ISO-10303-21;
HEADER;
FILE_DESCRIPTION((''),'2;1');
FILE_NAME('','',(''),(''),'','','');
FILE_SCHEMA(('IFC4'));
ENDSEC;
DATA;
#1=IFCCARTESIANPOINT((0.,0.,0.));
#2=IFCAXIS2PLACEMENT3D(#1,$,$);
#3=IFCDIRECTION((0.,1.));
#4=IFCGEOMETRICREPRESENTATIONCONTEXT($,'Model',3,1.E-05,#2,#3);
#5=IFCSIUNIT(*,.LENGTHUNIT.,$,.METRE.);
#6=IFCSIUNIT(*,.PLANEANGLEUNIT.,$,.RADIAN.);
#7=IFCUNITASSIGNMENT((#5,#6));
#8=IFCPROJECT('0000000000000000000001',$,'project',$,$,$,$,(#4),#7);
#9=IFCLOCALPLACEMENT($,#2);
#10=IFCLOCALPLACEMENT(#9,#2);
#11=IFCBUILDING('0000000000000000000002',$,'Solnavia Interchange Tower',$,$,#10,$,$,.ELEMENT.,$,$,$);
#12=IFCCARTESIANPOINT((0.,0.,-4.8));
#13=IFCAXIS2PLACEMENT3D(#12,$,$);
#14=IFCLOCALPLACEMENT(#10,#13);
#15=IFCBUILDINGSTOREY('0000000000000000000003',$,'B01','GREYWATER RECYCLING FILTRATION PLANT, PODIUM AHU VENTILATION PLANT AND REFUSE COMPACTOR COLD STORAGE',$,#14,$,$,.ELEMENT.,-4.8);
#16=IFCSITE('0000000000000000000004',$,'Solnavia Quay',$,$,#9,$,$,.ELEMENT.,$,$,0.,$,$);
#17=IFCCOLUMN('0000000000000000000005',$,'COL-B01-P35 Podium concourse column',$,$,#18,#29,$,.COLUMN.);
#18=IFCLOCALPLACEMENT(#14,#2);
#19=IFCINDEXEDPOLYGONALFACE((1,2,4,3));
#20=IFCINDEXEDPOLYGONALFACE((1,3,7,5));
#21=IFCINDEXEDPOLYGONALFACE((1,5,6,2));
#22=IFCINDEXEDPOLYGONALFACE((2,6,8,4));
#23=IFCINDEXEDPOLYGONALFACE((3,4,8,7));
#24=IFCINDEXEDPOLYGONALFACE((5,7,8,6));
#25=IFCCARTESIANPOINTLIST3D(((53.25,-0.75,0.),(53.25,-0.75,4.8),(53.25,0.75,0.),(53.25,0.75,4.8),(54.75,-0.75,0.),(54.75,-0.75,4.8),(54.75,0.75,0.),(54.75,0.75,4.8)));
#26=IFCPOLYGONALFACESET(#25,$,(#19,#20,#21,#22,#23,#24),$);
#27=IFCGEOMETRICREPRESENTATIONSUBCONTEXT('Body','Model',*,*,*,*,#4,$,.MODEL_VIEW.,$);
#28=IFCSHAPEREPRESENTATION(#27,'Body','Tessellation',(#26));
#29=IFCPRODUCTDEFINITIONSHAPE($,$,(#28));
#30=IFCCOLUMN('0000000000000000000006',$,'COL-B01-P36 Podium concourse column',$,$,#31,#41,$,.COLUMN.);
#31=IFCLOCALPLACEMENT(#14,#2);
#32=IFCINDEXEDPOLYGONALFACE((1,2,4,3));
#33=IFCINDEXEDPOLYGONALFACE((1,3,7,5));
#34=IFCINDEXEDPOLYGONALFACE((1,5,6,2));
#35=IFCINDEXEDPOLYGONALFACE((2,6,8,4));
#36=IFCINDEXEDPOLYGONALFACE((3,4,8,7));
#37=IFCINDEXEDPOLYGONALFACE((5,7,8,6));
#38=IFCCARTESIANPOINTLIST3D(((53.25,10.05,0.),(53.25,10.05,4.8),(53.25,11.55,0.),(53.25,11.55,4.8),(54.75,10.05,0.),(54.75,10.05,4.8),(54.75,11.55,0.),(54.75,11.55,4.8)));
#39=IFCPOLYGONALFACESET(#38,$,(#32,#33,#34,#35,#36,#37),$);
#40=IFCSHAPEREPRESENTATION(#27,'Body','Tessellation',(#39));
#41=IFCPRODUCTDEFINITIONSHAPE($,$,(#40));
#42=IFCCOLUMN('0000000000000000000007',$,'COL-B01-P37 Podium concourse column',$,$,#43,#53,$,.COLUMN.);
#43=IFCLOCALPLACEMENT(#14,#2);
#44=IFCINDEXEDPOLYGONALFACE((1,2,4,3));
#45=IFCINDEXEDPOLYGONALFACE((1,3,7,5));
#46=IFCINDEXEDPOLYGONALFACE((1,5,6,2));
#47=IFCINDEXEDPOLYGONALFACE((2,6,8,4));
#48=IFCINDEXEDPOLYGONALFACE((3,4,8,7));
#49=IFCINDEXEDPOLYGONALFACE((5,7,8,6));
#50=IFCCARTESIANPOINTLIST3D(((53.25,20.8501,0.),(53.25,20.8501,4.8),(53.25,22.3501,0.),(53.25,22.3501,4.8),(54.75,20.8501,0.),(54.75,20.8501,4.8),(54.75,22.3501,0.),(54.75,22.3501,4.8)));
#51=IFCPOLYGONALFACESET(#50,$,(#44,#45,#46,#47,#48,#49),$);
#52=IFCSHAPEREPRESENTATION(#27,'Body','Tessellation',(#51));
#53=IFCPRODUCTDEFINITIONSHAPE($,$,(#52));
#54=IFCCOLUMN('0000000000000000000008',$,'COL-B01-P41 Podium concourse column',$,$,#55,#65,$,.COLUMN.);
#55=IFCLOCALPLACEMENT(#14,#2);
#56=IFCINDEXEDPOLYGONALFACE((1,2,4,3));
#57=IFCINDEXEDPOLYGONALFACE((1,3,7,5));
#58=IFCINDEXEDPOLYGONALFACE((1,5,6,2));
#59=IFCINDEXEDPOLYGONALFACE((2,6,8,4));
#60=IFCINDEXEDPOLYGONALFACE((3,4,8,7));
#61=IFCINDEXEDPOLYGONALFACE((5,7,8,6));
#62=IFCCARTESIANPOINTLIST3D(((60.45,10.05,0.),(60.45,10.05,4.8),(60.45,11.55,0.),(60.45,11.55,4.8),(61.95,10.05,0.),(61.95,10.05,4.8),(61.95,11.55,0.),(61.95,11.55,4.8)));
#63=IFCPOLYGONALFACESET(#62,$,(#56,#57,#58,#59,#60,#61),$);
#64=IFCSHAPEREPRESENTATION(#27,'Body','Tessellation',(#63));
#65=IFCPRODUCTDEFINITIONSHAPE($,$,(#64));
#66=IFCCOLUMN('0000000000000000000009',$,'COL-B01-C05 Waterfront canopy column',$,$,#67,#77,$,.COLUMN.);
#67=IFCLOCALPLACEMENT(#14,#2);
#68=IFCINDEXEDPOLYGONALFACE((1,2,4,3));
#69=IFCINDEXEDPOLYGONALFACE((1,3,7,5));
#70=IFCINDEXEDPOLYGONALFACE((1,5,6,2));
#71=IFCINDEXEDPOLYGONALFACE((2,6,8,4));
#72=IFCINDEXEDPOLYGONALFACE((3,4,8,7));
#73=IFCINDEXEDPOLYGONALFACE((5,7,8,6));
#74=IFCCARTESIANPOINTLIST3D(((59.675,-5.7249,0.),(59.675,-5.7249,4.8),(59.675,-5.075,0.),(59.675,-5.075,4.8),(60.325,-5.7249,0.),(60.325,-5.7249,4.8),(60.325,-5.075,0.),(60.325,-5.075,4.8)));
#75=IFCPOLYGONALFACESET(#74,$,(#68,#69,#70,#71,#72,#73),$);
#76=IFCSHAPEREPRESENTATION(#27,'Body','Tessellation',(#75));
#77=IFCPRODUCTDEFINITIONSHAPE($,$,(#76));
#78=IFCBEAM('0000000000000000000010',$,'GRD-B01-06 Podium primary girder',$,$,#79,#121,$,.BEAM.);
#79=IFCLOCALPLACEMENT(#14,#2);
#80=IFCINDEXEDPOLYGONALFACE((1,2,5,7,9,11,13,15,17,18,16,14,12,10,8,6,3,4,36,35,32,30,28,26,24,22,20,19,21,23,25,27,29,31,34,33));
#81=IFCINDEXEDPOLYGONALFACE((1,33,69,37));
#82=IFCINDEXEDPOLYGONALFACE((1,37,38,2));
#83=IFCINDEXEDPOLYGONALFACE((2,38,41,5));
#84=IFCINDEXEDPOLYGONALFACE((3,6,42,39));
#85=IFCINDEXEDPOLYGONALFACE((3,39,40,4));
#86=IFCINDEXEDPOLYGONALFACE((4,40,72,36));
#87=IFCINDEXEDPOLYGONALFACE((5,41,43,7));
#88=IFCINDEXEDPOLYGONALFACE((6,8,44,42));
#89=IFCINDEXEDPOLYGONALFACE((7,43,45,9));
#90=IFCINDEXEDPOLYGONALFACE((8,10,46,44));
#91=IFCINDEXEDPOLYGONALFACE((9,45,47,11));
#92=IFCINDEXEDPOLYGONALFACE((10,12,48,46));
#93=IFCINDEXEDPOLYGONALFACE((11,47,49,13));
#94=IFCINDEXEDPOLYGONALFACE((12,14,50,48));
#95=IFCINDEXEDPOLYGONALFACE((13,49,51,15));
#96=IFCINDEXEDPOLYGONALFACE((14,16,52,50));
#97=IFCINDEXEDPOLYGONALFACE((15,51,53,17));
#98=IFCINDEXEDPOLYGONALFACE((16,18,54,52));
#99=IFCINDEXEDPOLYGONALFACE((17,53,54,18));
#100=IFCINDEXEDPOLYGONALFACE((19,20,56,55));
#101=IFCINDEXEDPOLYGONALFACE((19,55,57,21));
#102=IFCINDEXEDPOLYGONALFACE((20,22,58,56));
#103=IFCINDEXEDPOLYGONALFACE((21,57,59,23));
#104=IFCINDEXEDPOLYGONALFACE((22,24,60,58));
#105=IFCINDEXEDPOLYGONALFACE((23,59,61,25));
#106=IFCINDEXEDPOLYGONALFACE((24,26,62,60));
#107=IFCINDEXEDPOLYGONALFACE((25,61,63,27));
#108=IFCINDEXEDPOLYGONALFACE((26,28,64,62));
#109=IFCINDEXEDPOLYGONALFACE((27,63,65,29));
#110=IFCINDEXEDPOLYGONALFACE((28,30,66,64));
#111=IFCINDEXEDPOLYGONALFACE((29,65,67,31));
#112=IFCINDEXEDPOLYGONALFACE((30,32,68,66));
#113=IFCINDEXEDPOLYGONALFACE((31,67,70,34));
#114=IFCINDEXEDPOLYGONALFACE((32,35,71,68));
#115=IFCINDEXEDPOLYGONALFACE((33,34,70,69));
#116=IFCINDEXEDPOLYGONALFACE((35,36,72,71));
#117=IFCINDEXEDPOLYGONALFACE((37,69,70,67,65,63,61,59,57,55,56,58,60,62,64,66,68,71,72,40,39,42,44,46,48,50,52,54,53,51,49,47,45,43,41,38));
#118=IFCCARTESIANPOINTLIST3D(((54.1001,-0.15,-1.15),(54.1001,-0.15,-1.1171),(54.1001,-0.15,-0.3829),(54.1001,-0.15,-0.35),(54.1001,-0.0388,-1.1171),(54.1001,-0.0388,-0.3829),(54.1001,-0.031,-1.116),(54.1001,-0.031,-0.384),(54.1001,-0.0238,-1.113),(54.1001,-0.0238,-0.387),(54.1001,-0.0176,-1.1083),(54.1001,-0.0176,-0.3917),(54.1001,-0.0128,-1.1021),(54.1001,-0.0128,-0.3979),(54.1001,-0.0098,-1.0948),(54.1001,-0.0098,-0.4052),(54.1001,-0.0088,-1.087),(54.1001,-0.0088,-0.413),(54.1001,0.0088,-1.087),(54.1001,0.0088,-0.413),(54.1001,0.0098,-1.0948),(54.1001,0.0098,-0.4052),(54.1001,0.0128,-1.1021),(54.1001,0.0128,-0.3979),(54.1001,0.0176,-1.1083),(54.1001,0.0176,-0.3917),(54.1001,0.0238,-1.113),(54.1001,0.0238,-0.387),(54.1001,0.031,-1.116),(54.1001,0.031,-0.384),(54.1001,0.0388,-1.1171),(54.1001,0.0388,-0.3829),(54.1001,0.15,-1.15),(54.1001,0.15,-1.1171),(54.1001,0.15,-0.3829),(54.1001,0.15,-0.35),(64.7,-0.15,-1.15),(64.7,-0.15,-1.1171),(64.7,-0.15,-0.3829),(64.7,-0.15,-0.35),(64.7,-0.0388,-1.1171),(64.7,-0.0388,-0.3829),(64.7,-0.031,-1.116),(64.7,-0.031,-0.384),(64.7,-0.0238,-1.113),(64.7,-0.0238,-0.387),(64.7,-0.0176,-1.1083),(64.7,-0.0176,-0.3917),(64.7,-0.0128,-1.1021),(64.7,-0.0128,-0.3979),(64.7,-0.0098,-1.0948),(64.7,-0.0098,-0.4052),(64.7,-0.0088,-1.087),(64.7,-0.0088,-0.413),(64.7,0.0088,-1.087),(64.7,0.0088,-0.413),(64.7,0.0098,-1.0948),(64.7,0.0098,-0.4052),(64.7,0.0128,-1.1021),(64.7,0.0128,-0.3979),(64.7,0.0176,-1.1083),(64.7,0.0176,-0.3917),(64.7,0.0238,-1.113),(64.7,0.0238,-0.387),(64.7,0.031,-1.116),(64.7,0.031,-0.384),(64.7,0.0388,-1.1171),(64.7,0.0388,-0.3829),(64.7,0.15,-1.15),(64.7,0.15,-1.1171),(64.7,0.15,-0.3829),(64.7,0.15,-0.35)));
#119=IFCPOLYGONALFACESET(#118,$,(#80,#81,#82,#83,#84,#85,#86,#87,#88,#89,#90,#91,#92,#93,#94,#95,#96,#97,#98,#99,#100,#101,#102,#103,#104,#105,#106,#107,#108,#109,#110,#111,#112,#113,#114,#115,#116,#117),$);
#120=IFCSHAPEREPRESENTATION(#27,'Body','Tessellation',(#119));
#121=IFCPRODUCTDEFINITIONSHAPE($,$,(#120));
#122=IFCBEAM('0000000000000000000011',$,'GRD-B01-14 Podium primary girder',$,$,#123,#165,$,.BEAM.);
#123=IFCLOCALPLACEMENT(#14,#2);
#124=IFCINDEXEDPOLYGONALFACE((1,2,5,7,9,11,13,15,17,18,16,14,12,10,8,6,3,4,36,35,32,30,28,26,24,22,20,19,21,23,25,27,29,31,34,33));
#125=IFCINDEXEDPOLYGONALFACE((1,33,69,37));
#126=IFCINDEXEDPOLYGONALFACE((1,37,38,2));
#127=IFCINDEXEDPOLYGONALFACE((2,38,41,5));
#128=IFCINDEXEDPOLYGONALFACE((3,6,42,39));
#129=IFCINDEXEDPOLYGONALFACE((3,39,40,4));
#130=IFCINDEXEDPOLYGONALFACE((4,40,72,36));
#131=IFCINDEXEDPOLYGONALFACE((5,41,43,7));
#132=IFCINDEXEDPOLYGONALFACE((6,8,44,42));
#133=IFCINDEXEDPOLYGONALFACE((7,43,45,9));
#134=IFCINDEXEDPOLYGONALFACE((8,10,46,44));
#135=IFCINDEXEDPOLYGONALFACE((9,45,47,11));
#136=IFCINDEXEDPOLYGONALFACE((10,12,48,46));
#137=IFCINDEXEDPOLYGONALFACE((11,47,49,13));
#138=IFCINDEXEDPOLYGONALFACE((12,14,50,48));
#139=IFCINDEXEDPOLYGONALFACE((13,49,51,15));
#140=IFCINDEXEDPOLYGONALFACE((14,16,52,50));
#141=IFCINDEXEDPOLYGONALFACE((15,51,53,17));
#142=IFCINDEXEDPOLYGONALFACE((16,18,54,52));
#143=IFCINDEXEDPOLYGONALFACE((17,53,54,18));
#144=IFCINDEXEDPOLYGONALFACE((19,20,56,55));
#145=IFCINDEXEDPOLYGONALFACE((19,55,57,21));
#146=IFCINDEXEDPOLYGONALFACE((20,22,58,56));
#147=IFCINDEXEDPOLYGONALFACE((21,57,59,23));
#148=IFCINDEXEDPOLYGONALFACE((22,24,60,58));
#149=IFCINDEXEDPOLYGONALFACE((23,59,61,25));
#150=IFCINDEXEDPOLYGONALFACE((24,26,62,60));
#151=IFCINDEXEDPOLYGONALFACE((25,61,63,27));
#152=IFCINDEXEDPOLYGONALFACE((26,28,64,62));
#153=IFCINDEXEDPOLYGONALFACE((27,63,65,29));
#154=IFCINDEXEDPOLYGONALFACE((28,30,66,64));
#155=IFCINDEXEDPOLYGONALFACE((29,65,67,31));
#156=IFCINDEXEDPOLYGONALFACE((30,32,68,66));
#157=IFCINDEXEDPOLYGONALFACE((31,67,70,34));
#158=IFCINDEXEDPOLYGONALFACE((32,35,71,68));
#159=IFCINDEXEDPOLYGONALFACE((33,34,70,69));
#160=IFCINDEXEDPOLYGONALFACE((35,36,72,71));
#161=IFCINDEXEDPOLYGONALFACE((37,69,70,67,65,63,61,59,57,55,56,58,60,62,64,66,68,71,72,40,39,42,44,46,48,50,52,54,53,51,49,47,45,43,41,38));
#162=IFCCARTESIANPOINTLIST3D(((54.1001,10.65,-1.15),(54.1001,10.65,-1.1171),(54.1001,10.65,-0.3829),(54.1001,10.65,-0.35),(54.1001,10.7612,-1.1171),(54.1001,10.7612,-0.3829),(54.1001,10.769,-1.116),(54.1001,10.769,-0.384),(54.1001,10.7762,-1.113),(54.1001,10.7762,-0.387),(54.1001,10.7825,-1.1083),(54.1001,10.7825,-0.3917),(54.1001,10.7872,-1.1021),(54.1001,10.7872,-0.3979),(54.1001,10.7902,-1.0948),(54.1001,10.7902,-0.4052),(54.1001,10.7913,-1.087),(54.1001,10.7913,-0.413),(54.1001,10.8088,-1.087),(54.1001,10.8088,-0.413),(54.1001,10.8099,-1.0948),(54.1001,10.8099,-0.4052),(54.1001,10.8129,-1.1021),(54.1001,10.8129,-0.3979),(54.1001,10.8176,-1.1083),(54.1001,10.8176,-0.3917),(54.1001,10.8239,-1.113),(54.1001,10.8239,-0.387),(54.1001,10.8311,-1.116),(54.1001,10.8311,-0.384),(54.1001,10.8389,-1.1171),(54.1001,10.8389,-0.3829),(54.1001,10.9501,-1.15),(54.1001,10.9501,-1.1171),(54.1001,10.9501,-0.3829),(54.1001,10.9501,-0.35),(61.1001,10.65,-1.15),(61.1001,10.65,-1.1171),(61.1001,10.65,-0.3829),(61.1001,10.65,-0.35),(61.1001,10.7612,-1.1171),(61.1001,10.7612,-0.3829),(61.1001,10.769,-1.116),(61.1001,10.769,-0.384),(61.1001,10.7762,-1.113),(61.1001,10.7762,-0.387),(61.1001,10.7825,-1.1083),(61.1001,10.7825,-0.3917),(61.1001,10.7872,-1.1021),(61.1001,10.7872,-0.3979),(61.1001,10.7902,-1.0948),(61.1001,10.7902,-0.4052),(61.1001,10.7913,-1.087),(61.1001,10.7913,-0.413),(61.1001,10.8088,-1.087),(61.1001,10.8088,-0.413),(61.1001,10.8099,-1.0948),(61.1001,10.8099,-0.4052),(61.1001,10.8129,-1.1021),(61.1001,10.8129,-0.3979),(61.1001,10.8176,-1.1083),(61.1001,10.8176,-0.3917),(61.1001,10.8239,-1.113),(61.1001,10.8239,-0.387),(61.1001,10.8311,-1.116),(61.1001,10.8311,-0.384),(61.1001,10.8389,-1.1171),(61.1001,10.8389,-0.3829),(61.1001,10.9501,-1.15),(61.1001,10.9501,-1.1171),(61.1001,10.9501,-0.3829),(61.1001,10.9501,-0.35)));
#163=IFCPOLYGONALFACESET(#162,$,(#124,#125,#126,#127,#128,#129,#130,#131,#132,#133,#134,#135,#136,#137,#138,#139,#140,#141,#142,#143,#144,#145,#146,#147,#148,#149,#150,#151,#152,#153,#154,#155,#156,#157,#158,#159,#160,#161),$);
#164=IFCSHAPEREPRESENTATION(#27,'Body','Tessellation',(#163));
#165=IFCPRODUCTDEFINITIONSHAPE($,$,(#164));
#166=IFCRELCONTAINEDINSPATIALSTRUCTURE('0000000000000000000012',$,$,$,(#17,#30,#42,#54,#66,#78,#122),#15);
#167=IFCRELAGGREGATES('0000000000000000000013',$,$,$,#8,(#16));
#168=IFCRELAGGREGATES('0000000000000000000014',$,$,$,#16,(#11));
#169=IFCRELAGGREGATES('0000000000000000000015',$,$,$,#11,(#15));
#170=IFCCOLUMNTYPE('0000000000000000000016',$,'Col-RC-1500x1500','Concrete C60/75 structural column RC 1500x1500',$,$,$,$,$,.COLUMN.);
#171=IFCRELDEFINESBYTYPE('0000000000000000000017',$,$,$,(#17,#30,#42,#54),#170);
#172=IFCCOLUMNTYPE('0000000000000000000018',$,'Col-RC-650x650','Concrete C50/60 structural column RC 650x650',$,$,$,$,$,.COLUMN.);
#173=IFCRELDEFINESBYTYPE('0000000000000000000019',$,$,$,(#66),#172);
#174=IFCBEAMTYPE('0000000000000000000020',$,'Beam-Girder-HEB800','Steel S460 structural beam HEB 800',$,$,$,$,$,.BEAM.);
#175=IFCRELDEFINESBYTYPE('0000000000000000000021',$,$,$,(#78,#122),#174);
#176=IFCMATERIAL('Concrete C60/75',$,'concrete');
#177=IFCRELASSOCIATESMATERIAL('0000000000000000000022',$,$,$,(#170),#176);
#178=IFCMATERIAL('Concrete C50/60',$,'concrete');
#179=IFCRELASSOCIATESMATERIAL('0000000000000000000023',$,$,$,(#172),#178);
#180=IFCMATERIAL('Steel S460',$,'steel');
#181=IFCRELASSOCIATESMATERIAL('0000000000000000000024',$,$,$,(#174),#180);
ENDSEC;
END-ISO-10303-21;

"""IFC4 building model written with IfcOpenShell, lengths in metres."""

from ifc_helpers import new_model, si_unit, direction, frame, origin, origin_2d, place, context, subcontext, project, spatial, rectangle, i_section, extrude, material, material_profile, profile_set, type_object, element, save


model = new_model("IFC4")

# Units and contexts
model_context = context("Model", 3, precision=1e-05, world=origin(), true_north=direction((0.0, 1.0)))
body_context = subcontext(model_context, "Body", "Model", "MODEL_VIEW")
ifc_project = project(units=[si_unit("LENGTHUNIT", "METRE"), si_unit("PLANEANGLEUNIT", "RADIAN")], contexts=[model_context])

# Site, building, storey
site_placement = place(None, origin())
site = spatial("IfcSite", under=ifc_project, at=site_placement, Name="Solnavia Quay", CompositionType="ELEMENT", RefElevation=0.0)
building_placement = place(site_placement, origin())
building = spatial("IfcBuilding", under=site, at=building_placement, Name="Solnavia Interchange Tower", CompositionType="ELEMENT")
storey_placement = place(building_placement, frame((0.0, 0.0, -4.8)))
storey = spatial("IfcBuildingStorey", under=building, at=storey_placement, Name="B01", Description="GREYWATER RECYCLING FILTRATION PLANT, PODIUM AHU VENTILATION PLANT AND REFUSE COMPACTOR COLD STORAGE", CompositionType="ELEMENT", Elevation=-4.8)

# Columns
ifc_material_1 = material(Name="Concrete C60/75", Category="concrete")
ifc_material_profile_1 = material_profile(ifc_material_1, rectangle(XDim=1.5, YDim=1.5, at=origin_2d()), Name="RC 1500x1500")
ifc_profile_set_1 = profile_set([ifc_material_profile_1], Name="Concrete C60/75")
column_type_1 = type_object("IfcColumnType", Name="Col-RC-1500x1500", Description="Concrete C60/75 structural column RC 1500x1500", PredefinedType="COLUMN", material=ifc_profile_set_1)
for number, where, z_axis, x_axis, name in (
    (1, (54.0, 0.0, 0.0), (0.0, 0.0, 1.0), (1.0, 0.0, 0.0), "COL-B01-P35 Podium concourse column"),
    (2, (54.0, 10.8, 0.0), (0.0, 0.0, 1.0), (1.0, 0.0, 0.0), "COL-B01-P36 Podium concourse column"),
    (3, (54.0, 21.6001, 0.0), (0.0, 0.0, 1.0), (1.0, 0.0, 0.0), "COL-B01-P37 Podium concourse column"),
    (4, (61.2, 10.8, 0.0), (0.0, 0.0, 1.0), (1.0, 0.0, 0.0), "COL-B01-P41 Podium concourse column"),
):
    element("IfcColumn", number, at=place(storey_placement, frame(where, z_axis=z_axis, x_axis=x_axis)), inside=storey, type_object=column_type_1, Name=name, PredefinedType="COLUMN", context=body_context, shape_type="SweptSolid", body=[
        extrude(rectangle(XDim=1.5, YDim=1.5, at=origin_2d()), origin(), (0.0, 0.0, 1.0), 4.8),
    ])
ifc_material_2 = material(Name="Concrete C50/60", Category="concrete")
ifc_material_profile_2 = material_profile(ifc_material_2, rectangle(XDim=0.6499, YDim=0.6499, at=origin_2d()), Name="RC 650x650")
ifc_profile_set_2 = profile_set([ifc_material_profile_2], Name="Concrete C50/60")
column_type_2 = type_object("IfcColumnType", Name="Col-RC-650x650", Description="Concrete C50/60 structural column RC 650x650", PredefinedType="COLUMN", material=ifc_profile_set_2)
column_placement = place(storey_placement, frame((60.0, -5.3999, 0.0), z_axis=(0.0, 0.0, 1.0), x_axis=(1.0, 0.0, 0.0)))
element("IfcColumn", 5, at=column_placement, inside=storey, type_object=column_type_2, Name="COL-B01-C05 Waterfront canopy column", PredefinedType="COLUMN", context=body_context, shape_type="SweptSolid", body=[
    extrude(rectangle(XDim=0.6499, YDim=0.6499, at=origin_2d()), origin(), (0.0, 0.0, 1.0), 4.8),
])

# Beams
ifc_material_3 = material(Name="Steel S460", Category="steel")
ifc_material_profile_3 = material_profile(ifc_material_3, i_section(OverallWidth=0.3, OverallDepth=0.8, WebThickness=0.0176, FlangeThickness=0.033, FilletRadius=0.03, at=origin_2d()), Name="HEB 800")
ifc_profile_set_3 = profile_set([ifc_material_profile_3], Name="Steel S460")
beam_type_1 = type_object("IfcBeamType", Name="Beam-Girder-HEB800", Description="Steel S460 structural beam HEB 800", PredefinedType="BEAM", material=ifc_profile_set_3)
beam_1_placement = place(storey_placement, frame((54.1001, 0.0, -0.75), z_axis=(1.0, 0.0, 0.0), x_axis=(0.0, 1.0, 0.0)))
element("IfcBeam", 6, at=beam_1_placement, inside=storey, type_object=beam_type_1, Name="GRD-B01-06 Podium primary girder", PredefinedType="BEAM", context=body_context, shape_type="SweptSolid", body=[
    extrude(i_section(OverallWidth=0.3, OverallDepth=0.8, WebThickness=0.0176, FlangeThickness=0.033, FilletRadius=0.03, at=origin_2d()), origin(), (0.0, 0.0, 1.0), 10.5999),
])
beam_2_placement = place(storey_placement, frame((54.1001, 10.8, -0.75), z_axis=(1.0, 0.0, 0.0), x_axis=(0.0, 1.0, 0.0)))
element("IfcBeam", 7, at=beam_2_placement, inside=storey, type_object=beam_type_1, Name="GRD-B01-14 Podium primary girder", PredefinedType="BEAM", context=body_context, shape_type="SweptSolid", body=[
    extrude(i_section(OverallWidth=0.3, OverallDepth=0.8, WebThickness=0.0176, FlangeThickness=0.033, FilletRadius=0.03, at=origin_2d()), origin(), (0.0, 0.0, 1.0), 7.0),
])

save(model, "model.ifc")
